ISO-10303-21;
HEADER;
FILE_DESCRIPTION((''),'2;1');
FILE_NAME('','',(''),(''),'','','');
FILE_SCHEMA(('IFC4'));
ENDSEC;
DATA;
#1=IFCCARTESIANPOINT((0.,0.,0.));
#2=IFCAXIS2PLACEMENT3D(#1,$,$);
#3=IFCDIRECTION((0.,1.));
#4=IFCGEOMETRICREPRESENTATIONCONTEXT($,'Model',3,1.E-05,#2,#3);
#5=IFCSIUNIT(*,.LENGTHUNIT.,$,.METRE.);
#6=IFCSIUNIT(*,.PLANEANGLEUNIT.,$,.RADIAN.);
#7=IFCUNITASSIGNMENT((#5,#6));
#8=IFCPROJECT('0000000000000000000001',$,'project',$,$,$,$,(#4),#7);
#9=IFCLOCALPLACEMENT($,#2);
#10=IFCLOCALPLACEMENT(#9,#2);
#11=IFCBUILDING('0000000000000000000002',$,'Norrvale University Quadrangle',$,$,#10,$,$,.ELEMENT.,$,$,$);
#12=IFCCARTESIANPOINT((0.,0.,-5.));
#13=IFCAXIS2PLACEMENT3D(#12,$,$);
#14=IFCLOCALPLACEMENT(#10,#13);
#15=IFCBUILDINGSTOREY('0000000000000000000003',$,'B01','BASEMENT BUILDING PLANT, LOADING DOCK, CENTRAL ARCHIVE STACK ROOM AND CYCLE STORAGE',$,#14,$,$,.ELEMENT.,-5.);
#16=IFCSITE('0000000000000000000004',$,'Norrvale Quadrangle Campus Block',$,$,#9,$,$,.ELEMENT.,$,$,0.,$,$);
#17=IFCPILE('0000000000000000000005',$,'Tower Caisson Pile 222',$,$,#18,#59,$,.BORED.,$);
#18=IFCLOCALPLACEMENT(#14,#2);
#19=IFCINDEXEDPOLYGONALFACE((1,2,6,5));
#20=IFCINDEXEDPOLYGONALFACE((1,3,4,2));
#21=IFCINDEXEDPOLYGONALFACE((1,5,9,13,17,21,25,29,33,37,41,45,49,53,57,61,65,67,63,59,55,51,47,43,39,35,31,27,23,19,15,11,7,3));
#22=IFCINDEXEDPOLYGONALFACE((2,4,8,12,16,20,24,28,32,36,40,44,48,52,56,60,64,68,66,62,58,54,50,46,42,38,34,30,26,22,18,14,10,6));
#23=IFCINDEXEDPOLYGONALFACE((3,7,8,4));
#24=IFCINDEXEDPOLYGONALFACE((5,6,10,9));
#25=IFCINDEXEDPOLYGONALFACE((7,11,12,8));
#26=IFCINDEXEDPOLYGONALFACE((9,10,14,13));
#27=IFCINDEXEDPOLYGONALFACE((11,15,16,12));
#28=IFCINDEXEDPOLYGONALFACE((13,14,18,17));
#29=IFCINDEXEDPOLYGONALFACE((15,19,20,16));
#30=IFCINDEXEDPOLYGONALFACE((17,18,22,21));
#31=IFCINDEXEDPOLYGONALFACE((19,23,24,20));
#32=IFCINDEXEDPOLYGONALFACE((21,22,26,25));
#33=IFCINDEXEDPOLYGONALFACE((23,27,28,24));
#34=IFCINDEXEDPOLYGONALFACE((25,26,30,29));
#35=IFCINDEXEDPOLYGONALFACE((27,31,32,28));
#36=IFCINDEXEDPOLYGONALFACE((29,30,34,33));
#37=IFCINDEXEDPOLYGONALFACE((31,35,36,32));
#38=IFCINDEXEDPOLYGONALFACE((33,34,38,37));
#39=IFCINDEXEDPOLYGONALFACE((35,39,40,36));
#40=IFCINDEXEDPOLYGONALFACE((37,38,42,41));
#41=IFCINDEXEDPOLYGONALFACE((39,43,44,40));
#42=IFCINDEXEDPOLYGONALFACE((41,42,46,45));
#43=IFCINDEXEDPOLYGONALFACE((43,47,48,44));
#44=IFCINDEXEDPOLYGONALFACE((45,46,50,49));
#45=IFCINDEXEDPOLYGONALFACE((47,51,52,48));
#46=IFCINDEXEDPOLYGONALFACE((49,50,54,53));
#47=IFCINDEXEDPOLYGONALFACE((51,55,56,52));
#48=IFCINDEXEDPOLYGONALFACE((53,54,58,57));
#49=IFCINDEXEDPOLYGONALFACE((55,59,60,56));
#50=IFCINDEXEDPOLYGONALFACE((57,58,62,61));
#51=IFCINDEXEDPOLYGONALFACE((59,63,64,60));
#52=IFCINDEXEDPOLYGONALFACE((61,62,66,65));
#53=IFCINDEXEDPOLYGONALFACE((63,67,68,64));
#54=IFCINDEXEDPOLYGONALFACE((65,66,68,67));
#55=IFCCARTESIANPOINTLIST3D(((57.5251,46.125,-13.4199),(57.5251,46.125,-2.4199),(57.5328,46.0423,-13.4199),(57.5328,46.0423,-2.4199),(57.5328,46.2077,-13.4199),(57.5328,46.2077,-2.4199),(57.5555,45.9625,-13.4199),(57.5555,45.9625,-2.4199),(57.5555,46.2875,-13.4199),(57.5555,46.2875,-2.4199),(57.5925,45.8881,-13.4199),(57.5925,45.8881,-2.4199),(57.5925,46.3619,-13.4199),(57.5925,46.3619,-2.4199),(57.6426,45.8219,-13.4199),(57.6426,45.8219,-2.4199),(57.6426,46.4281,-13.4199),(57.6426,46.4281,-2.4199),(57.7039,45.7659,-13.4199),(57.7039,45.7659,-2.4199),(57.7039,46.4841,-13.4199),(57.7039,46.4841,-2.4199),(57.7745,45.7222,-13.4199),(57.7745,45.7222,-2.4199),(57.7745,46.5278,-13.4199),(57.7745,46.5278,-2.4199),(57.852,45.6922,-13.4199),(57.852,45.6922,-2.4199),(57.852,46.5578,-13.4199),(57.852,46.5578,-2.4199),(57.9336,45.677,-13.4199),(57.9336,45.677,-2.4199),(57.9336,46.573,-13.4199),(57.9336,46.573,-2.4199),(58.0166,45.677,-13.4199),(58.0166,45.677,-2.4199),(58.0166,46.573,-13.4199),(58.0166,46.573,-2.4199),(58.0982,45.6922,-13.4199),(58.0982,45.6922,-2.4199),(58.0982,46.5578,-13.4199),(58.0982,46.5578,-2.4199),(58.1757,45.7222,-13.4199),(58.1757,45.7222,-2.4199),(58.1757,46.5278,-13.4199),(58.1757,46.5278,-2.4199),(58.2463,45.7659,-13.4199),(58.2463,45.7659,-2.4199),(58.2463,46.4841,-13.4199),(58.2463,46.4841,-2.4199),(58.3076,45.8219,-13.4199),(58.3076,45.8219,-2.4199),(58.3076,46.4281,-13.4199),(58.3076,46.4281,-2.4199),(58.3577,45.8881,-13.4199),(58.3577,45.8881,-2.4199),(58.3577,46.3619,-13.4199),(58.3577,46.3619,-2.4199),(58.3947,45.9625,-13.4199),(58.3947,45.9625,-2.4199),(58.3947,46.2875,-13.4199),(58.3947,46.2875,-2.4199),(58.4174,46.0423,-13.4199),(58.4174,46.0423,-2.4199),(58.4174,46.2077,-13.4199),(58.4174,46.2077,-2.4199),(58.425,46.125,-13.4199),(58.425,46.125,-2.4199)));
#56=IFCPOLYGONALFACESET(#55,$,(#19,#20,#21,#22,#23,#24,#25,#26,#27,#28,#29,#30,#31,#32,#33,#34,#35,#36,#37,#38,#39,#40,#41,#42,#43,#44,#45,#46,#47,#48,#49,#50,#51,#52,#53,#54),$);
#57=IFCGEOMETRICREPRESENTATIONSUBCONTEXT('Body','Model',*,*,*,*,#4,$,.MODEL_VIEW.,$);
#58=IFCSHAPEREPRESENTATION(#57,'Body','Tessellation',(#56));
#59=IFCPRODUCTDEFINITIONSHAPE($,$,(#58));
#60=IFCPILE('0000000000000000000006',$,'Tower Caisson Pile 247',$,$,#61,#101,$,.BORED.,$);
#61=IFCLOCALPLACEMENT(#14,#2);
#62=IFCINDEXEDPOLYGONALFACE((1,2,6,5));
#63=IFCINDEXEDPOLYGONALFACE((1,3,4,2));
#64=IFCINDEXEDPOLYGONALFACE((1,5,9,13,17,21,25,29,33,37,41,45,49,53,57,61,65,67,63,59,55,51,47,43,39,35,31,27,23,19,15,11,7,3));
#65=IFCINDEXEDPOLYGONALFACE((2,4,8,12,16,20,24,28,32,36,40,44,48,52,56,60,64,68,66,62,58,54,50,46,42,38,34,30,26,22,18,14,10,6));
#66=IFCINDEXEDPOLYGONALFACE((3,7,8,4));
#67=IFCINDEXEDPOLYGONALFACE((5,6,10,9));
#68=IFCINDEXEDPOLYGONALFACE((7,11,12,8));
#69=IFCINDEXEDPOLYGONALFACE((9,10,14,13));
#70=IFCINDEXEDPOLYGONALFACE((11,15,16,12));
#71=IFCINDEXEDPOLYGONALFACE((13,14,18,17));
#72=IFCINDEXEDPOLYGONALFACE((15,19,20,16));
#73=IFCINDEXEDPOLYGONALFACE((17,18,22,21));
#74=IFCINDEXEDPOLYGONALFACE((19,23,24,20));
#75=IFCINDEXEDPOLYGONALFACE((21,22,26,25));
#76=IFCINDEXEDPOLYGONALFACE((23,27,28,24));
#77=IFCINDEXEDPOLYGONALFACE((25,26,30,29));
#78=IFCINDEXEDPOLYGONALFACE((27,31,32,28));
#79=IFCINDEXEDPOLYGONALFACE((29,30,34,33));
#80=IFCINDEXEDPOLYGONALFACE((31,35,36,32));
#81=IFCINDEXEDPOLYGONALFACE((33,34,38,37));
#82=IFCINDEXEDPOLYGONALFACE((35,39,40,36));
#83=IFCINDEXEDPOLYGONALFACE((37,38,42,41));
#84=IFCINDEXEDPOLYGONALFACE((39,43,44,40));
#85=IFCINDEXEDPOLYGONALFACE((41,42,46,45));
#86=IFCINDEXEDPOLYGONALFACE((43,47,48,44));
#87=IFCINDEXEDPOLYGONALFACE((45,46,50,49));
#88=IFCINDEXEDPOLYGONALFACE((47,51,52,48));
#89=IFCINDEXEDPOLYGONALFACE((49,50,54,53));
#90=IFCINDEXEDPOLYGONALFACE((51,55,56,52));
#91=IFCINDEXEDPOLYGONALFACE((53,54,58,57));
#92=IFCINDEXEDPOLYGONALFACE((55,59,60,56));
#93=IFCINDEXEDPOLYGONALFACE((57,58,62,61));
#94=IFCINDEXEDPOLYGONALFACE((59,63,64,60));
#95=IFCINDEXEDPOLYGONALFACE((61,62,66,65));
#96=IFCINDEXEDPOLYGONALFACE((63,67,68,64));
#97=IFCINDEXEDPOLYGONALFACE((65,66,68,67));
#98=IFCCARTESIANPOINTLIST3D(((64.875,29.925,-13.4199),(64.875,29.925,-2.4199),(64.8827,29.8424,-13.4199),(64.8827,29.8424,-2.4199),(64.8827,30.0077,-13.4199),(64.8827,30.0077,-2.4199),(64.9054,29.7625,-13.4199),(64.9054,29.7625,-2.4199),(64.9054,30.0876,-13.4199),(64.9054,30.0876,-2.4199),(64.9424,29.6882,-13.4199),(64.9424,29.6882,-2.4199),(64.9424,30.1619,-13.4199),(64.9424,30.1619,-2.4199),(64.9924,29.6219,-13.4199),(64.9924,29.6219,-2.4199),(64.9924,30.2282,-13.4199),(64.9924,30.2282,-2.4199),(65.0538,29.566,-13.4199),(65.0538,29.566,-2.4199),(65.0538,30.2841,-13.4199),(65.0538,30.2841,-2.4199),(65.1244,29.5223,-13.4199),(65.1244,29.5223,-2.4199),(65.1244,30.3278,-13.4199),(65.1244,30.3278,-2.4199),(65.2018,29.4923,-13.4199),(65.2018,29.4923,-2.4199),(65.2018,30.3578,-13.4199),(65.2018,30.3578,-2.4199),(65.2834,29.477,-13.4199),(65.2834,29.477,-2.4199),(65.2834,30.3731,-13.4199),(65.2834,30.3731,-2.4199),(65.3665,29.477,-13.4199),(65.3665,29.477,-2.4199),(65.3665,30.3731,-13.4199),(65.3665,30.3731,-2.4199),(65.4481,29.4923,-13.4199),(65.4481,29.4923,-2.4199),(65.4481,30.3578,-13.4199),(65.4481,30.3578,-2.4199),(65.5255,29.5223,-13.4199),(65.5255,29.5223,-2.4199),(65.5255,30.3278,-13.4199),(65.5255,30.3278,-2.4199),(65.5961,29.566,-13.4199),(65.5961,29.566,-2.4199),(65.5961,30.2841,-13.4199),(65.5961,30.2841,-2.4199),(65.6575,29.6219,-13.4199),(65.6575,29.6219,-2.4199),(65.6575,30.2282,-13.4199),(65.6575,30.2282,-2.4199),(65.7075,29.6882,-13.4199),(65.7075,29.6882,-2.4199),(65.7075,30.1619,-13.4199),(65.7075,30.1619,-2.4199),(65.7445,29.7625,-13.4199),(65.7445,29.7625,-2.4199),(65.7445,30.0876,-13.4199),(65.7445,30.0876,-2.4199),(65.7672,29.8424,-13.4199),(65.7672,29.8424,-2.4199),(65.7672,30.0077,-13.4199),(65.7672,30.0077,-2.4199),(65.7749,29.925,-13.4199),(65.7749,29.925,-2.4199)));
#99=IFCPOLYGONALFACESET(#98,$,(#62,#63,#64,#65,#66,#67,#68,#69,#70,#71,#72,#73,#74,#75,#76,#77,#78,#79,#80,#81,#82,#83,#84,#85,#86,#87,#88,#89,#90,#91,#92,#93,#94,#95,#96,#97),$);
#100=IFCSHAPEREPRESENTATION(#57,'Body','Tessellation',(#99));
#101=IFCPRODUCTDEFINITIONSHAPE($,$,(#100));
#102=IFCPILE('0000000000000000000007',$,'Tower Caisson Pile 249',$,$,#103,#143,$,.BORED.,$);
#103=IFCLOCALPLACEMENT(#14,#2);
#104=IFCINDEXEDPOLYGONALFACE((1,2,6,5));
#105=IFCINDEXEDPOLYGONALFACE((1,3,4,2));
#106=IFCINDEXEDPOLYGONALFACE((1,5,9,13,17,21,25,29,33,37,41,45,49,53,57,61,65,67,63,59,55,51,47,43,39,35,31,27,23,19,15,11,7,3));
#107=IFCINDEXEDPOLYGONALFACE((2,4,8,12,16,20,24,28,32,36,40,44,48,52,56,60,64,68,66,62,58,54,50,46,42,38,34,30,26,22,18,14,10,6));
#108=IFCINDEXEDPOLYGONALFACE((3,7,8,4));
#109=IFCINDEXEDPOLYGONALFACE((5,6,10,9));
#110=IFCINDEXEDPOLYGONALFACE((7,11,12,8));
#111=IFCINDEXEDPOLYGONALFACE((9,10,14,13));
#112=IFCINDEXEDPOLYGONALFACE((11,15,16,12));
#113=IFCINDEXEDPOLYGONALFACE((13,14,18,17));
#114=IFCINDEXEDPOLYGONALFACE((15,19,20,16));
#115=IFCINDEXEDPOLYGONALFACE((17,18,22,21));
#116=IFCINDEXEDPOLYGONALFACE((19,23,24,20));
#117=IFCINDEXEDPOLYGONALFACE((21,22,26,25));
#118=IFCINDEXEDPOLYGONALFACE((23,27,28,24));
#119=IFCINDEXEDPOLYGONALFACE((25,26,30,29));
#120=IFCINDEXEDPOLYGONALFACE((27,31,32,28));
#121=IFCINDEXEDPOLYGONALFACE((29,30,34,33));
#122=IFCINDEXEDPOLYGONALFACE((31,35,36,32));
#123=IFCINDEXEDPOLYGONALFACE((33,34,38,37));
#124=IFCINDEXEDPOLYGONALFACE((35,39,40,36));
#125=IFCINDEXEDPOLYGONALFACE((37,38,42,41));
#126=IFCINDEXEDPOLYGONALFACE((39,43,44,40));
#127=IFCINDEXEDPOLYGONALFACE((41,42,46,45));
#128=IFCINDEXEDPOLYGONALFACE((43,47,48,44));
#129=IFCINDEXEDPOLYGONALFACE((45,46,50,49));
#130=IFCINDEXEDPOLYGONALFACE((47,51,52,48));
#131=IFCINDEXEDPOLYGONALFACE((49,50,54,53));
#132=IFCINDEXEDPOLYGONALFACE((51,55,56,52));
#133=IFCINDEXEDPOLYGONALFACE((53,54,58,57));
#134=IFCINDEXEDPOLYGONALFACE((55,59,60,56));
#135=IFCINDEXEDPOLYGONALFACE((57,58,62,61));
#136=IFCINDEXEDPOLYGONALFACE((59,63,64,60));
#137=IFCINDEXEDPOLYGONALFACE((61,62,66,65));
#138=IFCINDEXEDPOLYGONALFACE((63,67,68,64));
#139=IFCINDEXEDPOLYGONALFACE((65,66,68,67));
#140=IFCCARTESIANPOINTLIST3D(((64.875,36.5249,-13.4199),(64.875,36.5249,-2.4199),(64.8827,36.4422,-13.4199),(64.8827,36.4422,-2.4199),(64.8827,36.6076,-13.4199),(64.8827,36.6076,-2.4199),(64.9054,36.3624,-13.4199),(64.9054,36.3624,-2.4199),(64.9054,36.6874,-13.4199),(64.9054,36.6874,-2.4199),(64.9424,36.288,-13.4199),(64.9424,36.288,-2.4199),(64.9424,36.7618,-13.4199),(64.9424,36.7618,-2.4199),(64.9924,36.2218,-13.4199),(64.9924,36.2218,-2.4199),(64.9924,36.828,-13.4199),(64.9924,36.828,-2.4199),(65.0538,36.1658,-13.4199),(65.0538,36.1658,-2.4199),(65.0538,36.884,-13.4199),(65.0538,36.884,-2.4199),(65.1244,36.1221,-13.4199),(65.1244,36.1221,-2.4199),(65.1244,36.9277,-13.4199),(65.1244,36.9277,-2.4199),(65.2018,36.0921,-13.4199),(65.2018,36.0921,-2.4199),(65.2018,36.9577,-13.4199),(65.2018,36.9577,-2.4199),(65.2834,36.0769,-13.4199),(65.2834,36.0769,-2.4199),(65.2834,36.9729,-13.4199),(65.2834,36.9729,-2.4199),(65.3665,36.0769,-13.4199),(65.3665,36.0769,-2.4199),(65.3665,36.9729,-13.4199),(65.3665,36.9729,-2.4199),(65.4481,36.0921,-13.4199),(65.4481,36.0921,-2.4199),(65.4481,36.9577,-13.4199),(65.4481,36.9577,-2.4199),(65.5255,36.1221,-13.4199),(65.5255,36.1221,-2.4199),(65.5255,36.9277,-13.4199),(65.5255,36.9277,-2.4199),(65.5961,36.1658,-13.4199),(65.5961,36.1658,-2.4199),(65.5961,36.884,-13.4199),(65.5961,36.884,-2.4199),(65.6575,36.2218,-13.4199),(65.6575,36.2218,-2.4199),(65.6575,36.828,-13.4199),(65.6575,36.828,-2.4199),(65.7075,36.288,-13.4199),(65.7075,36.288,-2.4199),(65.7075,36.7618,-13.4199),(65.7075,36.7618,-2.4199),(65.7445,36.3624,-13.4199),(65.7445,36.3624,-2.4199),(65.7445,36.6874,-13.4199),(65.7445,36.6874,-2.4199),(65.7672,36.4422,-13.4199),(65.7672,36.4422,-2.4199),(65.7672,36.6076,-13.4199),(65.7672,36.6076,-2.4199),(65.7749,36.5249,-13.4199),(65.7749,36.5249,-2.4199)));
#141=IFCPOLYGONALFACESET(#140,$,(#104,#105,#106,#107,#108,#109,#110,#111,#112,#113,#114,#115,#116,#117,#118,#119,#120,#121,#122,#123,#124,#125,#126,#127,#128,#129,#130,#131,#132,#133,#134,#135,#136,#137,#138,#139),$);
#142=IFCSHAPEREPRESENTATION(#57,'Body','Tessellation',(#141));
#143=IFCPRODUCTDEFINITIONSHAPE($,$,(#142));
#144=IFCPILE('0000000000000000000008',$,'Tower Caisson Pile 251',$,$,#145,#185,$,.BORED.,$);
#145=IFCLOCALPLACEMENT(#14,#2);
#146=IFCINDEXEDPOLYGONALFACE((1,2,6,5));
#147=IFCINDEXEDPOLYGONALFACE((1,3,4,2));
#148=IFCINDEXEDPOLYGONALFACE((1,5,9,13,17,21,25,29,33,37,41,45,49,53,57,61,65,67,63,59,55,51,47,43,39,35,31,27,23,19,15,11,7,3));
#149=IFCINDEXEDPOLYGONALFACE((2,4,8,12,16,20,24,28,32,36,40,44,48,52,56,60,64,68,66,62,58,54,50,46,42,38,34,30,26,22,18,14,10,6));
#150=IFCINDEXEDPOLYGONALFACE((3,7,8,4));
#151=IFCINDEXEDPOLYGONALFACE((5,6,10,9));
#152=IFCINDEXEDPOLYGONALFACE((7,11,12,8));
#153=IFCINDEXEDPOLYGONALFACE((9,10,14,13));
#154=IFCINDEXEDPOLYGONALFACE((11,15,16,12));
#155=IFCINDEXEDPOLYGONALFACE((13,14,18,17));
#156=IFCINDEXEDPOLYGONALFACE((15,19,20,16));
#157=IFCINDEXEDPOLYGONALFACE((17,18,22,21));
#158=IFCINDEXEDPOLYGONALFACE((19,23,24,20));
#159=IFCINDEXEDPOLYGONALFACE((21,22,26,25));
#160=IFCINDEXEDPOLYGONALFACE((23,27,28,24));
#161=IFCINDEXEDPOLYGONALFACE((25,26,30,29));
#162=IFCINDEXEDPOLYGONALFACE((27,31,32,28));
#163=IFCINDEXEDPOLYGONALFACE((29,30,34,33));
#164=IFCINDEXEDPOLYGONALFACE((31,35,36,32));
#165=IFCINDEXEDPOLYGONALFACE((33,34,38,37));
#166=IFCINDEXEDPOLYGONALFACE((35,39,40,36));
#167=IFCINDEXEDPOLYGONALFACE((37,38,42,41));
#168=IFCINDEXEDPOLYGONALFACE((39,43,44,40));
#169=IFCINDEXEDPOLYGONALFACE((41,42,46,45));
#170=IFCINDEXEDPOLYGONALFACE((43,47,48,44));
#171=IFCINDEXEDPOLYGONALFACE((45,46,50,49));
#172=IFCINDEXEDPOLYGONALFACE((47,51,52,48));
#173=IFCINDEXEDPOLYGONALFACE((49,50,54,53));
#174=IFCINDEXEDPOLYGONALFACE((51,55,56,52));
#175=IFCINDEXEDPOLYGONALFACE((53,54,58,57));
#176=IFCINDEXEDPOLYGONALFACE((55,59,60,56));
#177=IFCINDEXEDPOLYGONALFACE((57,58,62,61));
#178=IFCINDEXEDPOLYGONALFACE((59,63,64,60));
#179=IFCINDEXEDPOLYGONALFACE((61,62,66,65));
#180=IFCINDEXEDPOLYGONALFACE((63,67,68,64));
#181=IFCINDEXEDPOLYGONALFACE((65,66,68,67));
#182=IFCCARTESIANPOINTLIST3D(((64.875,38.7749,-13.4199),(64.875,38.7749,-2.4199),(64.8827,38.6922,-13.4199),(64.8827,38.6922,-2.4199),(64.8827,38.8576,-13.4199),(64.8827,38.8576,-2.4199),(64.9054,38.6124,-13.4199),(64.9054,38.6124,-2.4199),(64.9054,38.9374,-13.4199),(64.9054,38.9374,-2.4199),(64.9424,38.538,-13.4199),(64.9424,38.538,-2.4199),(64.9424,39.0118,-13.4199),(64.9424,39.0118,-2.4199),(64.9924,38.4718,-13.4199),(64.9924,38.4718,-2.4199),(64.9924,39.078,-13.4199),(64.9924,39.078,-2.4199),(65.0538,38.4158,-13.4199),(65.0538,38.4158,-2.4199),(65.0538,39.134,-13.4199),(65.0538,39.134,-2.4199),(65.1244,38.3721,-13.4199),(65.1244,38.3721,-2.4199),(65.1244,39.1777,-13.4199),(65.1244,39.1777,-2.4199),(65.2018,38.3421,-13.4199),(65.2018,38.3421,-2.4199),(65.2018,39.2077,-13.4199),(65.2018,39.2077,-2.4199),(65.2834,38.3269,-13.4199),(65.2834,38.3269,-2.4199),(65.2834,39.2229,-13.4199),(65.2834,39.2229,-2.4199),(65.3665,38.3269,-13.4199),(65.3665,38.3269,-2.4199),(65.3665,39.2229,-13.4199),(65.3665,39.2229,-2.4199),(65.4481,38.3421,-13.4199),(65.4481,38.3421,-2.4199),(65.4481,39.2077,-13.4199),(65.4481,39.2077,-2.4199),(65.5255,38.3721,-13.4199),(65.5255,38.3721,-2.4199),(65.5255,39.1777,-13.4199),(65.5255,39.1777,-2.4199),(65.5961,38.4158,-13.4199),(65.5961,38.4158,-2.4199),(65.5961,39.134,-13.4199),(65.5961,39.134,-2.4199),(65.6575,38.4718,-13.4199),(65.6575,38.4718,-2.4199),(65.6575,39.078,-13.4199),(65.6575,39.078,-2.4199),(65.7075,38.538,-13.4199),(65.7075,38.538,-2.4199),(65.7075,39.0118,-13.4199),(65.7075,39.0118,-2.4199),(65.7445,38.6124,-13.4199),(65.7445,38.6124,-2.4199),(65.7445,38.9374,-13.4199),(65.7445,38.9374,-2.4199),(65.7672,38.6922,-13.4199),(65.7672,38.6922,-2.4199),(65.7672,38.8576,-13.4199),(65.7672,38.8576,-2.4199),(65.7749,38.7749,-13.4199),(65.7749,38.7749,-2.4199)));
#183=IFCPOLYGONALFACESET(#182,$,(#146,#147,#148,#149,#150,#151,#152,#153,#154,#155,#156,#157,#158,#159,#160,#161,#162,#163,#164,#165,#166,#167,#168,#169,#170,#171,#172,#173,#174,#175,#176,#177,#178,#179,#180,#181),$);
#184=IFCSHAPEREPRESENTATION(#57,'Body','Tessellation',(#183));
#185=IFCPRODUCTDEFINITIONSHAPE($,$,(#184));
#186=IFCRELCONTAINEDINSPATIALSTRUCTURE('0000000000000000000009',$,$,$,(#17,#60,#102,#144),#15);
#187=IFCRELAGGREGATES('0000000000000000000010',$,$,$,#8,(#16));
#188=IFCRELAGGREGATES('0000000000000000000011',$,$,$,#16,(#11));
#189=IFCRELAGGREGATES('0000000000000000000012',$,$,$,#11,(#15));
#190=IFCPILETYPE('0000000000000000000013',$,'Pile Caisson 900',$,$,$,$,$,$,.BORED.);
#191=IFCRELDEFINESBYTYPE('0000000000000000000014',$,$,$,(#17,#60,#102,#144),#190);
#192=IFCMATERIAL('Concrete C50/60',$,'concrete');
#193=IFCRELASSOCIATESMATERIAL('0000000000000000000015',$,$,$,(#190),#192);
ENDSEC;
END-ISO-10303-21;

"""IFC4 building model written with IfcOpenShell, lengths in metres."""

from ifc_helpers import new_model, si_unit, direction, frame, origin, origin_2d, place, context, subcontext, project, spatial, circle, extrude, material, material_profile, profile_set, type_object, element, save


model = new_model("IFC4")

# Units and contexts
model_context = context("Model", 3, precision=1e-05, world=origin(), true_north=direction((0.0, 1.0)))
body_context = subcontext(model_context, "Body", "Model", "MODEL_VIEW")
ifc_project = project(units=[si_unit("LENGTHUNIT", "METRE"), si_unit("PLANEANGLEUNIT", "RADIAN")], contexts=[model_context])

# Site, building, storey
site_placement = place(None, origin())
site = spatial("IfcSite", under=ifc_project, at=site_placement, Name="Norrvale Quadrangle Campus Block", CompositionType="ELEMENT", RefElevation=0.0)
building_placement = place(site_placement, origin())
building = spatial("IfcBuilding", under=site, at=building_placement, Name="Norrvale University Quadrangle", CompositionType="ELEMENT")
storey_placement = place(building_placement, frame((0.0, 0.0, -5.0)))
storey = spatial("IfcBuildingStorey", under=building, at=storey_placement, Name="B01", Description="BASEMENT BUILDING PLANT, LOADING DOCK, CENTRAL ARCHIVE STACK ROOM AND CYCLE STORAGE", CompositionType="ELEMENT", Elevation=-5.0)

# Shared definitions
ifc_material_1 = material(Name="Concrete C50/60", Category="concrete")

# Piles
ifc_material_profile_1 = material_profile(ifc_material_1, circle(Radius=0.45, at=origin_2d()), Name="Concrete C50/60")
ifc_profile_set_1 = profile_set([ifc_material_profile_1], Name="Concrete C50/60")
pile_type_1 = type_object("IfcPileType", Name="Pile Caisson 900", PredefinedType="BORED", material=ifc_profile_set_1)
for number, where, z_axis, x_axis, name in (
    (1, (57.9751, 46.125, -2.4199), (0.0, 0.0, -1.0), (1.0, 0.0, 0.0), "Tower Caisson Pile 222"),
    (2, (65.325, 29.925, -2.4199), (0.0, 0.0, -1.0), (1.0, 0.0, 0.0), "Tower Caisson Pile 247"),
    (3, (65.325, 36.5249, -2.4199), (0.0, 0.0, -1.0), (1.0, 0.0, 0.0), "Tower Caisson Pile 249"),
    (4, (65.325, 38.7749, -2.4199), (0.0, 0.0, -1.0), (1.0, 0.0, 0.0), "Tower Caisson Pile 251"),
):
    element("IfcPile", number, at=place(storey_placement, frame(where, z_axis=z_axis, x_axis=x_axis)), inside=storey, type_object=pile_type_1, Name=name, PredefinedType="BORED", context=body_context, shape_type="SweptSolid", body=[
        extrude(circle(Radius=0.45, at=origin_2d()), origin(), (0.0, 0.0, 1.0), 11.0),
    ])

save(model, "model.ifc")
